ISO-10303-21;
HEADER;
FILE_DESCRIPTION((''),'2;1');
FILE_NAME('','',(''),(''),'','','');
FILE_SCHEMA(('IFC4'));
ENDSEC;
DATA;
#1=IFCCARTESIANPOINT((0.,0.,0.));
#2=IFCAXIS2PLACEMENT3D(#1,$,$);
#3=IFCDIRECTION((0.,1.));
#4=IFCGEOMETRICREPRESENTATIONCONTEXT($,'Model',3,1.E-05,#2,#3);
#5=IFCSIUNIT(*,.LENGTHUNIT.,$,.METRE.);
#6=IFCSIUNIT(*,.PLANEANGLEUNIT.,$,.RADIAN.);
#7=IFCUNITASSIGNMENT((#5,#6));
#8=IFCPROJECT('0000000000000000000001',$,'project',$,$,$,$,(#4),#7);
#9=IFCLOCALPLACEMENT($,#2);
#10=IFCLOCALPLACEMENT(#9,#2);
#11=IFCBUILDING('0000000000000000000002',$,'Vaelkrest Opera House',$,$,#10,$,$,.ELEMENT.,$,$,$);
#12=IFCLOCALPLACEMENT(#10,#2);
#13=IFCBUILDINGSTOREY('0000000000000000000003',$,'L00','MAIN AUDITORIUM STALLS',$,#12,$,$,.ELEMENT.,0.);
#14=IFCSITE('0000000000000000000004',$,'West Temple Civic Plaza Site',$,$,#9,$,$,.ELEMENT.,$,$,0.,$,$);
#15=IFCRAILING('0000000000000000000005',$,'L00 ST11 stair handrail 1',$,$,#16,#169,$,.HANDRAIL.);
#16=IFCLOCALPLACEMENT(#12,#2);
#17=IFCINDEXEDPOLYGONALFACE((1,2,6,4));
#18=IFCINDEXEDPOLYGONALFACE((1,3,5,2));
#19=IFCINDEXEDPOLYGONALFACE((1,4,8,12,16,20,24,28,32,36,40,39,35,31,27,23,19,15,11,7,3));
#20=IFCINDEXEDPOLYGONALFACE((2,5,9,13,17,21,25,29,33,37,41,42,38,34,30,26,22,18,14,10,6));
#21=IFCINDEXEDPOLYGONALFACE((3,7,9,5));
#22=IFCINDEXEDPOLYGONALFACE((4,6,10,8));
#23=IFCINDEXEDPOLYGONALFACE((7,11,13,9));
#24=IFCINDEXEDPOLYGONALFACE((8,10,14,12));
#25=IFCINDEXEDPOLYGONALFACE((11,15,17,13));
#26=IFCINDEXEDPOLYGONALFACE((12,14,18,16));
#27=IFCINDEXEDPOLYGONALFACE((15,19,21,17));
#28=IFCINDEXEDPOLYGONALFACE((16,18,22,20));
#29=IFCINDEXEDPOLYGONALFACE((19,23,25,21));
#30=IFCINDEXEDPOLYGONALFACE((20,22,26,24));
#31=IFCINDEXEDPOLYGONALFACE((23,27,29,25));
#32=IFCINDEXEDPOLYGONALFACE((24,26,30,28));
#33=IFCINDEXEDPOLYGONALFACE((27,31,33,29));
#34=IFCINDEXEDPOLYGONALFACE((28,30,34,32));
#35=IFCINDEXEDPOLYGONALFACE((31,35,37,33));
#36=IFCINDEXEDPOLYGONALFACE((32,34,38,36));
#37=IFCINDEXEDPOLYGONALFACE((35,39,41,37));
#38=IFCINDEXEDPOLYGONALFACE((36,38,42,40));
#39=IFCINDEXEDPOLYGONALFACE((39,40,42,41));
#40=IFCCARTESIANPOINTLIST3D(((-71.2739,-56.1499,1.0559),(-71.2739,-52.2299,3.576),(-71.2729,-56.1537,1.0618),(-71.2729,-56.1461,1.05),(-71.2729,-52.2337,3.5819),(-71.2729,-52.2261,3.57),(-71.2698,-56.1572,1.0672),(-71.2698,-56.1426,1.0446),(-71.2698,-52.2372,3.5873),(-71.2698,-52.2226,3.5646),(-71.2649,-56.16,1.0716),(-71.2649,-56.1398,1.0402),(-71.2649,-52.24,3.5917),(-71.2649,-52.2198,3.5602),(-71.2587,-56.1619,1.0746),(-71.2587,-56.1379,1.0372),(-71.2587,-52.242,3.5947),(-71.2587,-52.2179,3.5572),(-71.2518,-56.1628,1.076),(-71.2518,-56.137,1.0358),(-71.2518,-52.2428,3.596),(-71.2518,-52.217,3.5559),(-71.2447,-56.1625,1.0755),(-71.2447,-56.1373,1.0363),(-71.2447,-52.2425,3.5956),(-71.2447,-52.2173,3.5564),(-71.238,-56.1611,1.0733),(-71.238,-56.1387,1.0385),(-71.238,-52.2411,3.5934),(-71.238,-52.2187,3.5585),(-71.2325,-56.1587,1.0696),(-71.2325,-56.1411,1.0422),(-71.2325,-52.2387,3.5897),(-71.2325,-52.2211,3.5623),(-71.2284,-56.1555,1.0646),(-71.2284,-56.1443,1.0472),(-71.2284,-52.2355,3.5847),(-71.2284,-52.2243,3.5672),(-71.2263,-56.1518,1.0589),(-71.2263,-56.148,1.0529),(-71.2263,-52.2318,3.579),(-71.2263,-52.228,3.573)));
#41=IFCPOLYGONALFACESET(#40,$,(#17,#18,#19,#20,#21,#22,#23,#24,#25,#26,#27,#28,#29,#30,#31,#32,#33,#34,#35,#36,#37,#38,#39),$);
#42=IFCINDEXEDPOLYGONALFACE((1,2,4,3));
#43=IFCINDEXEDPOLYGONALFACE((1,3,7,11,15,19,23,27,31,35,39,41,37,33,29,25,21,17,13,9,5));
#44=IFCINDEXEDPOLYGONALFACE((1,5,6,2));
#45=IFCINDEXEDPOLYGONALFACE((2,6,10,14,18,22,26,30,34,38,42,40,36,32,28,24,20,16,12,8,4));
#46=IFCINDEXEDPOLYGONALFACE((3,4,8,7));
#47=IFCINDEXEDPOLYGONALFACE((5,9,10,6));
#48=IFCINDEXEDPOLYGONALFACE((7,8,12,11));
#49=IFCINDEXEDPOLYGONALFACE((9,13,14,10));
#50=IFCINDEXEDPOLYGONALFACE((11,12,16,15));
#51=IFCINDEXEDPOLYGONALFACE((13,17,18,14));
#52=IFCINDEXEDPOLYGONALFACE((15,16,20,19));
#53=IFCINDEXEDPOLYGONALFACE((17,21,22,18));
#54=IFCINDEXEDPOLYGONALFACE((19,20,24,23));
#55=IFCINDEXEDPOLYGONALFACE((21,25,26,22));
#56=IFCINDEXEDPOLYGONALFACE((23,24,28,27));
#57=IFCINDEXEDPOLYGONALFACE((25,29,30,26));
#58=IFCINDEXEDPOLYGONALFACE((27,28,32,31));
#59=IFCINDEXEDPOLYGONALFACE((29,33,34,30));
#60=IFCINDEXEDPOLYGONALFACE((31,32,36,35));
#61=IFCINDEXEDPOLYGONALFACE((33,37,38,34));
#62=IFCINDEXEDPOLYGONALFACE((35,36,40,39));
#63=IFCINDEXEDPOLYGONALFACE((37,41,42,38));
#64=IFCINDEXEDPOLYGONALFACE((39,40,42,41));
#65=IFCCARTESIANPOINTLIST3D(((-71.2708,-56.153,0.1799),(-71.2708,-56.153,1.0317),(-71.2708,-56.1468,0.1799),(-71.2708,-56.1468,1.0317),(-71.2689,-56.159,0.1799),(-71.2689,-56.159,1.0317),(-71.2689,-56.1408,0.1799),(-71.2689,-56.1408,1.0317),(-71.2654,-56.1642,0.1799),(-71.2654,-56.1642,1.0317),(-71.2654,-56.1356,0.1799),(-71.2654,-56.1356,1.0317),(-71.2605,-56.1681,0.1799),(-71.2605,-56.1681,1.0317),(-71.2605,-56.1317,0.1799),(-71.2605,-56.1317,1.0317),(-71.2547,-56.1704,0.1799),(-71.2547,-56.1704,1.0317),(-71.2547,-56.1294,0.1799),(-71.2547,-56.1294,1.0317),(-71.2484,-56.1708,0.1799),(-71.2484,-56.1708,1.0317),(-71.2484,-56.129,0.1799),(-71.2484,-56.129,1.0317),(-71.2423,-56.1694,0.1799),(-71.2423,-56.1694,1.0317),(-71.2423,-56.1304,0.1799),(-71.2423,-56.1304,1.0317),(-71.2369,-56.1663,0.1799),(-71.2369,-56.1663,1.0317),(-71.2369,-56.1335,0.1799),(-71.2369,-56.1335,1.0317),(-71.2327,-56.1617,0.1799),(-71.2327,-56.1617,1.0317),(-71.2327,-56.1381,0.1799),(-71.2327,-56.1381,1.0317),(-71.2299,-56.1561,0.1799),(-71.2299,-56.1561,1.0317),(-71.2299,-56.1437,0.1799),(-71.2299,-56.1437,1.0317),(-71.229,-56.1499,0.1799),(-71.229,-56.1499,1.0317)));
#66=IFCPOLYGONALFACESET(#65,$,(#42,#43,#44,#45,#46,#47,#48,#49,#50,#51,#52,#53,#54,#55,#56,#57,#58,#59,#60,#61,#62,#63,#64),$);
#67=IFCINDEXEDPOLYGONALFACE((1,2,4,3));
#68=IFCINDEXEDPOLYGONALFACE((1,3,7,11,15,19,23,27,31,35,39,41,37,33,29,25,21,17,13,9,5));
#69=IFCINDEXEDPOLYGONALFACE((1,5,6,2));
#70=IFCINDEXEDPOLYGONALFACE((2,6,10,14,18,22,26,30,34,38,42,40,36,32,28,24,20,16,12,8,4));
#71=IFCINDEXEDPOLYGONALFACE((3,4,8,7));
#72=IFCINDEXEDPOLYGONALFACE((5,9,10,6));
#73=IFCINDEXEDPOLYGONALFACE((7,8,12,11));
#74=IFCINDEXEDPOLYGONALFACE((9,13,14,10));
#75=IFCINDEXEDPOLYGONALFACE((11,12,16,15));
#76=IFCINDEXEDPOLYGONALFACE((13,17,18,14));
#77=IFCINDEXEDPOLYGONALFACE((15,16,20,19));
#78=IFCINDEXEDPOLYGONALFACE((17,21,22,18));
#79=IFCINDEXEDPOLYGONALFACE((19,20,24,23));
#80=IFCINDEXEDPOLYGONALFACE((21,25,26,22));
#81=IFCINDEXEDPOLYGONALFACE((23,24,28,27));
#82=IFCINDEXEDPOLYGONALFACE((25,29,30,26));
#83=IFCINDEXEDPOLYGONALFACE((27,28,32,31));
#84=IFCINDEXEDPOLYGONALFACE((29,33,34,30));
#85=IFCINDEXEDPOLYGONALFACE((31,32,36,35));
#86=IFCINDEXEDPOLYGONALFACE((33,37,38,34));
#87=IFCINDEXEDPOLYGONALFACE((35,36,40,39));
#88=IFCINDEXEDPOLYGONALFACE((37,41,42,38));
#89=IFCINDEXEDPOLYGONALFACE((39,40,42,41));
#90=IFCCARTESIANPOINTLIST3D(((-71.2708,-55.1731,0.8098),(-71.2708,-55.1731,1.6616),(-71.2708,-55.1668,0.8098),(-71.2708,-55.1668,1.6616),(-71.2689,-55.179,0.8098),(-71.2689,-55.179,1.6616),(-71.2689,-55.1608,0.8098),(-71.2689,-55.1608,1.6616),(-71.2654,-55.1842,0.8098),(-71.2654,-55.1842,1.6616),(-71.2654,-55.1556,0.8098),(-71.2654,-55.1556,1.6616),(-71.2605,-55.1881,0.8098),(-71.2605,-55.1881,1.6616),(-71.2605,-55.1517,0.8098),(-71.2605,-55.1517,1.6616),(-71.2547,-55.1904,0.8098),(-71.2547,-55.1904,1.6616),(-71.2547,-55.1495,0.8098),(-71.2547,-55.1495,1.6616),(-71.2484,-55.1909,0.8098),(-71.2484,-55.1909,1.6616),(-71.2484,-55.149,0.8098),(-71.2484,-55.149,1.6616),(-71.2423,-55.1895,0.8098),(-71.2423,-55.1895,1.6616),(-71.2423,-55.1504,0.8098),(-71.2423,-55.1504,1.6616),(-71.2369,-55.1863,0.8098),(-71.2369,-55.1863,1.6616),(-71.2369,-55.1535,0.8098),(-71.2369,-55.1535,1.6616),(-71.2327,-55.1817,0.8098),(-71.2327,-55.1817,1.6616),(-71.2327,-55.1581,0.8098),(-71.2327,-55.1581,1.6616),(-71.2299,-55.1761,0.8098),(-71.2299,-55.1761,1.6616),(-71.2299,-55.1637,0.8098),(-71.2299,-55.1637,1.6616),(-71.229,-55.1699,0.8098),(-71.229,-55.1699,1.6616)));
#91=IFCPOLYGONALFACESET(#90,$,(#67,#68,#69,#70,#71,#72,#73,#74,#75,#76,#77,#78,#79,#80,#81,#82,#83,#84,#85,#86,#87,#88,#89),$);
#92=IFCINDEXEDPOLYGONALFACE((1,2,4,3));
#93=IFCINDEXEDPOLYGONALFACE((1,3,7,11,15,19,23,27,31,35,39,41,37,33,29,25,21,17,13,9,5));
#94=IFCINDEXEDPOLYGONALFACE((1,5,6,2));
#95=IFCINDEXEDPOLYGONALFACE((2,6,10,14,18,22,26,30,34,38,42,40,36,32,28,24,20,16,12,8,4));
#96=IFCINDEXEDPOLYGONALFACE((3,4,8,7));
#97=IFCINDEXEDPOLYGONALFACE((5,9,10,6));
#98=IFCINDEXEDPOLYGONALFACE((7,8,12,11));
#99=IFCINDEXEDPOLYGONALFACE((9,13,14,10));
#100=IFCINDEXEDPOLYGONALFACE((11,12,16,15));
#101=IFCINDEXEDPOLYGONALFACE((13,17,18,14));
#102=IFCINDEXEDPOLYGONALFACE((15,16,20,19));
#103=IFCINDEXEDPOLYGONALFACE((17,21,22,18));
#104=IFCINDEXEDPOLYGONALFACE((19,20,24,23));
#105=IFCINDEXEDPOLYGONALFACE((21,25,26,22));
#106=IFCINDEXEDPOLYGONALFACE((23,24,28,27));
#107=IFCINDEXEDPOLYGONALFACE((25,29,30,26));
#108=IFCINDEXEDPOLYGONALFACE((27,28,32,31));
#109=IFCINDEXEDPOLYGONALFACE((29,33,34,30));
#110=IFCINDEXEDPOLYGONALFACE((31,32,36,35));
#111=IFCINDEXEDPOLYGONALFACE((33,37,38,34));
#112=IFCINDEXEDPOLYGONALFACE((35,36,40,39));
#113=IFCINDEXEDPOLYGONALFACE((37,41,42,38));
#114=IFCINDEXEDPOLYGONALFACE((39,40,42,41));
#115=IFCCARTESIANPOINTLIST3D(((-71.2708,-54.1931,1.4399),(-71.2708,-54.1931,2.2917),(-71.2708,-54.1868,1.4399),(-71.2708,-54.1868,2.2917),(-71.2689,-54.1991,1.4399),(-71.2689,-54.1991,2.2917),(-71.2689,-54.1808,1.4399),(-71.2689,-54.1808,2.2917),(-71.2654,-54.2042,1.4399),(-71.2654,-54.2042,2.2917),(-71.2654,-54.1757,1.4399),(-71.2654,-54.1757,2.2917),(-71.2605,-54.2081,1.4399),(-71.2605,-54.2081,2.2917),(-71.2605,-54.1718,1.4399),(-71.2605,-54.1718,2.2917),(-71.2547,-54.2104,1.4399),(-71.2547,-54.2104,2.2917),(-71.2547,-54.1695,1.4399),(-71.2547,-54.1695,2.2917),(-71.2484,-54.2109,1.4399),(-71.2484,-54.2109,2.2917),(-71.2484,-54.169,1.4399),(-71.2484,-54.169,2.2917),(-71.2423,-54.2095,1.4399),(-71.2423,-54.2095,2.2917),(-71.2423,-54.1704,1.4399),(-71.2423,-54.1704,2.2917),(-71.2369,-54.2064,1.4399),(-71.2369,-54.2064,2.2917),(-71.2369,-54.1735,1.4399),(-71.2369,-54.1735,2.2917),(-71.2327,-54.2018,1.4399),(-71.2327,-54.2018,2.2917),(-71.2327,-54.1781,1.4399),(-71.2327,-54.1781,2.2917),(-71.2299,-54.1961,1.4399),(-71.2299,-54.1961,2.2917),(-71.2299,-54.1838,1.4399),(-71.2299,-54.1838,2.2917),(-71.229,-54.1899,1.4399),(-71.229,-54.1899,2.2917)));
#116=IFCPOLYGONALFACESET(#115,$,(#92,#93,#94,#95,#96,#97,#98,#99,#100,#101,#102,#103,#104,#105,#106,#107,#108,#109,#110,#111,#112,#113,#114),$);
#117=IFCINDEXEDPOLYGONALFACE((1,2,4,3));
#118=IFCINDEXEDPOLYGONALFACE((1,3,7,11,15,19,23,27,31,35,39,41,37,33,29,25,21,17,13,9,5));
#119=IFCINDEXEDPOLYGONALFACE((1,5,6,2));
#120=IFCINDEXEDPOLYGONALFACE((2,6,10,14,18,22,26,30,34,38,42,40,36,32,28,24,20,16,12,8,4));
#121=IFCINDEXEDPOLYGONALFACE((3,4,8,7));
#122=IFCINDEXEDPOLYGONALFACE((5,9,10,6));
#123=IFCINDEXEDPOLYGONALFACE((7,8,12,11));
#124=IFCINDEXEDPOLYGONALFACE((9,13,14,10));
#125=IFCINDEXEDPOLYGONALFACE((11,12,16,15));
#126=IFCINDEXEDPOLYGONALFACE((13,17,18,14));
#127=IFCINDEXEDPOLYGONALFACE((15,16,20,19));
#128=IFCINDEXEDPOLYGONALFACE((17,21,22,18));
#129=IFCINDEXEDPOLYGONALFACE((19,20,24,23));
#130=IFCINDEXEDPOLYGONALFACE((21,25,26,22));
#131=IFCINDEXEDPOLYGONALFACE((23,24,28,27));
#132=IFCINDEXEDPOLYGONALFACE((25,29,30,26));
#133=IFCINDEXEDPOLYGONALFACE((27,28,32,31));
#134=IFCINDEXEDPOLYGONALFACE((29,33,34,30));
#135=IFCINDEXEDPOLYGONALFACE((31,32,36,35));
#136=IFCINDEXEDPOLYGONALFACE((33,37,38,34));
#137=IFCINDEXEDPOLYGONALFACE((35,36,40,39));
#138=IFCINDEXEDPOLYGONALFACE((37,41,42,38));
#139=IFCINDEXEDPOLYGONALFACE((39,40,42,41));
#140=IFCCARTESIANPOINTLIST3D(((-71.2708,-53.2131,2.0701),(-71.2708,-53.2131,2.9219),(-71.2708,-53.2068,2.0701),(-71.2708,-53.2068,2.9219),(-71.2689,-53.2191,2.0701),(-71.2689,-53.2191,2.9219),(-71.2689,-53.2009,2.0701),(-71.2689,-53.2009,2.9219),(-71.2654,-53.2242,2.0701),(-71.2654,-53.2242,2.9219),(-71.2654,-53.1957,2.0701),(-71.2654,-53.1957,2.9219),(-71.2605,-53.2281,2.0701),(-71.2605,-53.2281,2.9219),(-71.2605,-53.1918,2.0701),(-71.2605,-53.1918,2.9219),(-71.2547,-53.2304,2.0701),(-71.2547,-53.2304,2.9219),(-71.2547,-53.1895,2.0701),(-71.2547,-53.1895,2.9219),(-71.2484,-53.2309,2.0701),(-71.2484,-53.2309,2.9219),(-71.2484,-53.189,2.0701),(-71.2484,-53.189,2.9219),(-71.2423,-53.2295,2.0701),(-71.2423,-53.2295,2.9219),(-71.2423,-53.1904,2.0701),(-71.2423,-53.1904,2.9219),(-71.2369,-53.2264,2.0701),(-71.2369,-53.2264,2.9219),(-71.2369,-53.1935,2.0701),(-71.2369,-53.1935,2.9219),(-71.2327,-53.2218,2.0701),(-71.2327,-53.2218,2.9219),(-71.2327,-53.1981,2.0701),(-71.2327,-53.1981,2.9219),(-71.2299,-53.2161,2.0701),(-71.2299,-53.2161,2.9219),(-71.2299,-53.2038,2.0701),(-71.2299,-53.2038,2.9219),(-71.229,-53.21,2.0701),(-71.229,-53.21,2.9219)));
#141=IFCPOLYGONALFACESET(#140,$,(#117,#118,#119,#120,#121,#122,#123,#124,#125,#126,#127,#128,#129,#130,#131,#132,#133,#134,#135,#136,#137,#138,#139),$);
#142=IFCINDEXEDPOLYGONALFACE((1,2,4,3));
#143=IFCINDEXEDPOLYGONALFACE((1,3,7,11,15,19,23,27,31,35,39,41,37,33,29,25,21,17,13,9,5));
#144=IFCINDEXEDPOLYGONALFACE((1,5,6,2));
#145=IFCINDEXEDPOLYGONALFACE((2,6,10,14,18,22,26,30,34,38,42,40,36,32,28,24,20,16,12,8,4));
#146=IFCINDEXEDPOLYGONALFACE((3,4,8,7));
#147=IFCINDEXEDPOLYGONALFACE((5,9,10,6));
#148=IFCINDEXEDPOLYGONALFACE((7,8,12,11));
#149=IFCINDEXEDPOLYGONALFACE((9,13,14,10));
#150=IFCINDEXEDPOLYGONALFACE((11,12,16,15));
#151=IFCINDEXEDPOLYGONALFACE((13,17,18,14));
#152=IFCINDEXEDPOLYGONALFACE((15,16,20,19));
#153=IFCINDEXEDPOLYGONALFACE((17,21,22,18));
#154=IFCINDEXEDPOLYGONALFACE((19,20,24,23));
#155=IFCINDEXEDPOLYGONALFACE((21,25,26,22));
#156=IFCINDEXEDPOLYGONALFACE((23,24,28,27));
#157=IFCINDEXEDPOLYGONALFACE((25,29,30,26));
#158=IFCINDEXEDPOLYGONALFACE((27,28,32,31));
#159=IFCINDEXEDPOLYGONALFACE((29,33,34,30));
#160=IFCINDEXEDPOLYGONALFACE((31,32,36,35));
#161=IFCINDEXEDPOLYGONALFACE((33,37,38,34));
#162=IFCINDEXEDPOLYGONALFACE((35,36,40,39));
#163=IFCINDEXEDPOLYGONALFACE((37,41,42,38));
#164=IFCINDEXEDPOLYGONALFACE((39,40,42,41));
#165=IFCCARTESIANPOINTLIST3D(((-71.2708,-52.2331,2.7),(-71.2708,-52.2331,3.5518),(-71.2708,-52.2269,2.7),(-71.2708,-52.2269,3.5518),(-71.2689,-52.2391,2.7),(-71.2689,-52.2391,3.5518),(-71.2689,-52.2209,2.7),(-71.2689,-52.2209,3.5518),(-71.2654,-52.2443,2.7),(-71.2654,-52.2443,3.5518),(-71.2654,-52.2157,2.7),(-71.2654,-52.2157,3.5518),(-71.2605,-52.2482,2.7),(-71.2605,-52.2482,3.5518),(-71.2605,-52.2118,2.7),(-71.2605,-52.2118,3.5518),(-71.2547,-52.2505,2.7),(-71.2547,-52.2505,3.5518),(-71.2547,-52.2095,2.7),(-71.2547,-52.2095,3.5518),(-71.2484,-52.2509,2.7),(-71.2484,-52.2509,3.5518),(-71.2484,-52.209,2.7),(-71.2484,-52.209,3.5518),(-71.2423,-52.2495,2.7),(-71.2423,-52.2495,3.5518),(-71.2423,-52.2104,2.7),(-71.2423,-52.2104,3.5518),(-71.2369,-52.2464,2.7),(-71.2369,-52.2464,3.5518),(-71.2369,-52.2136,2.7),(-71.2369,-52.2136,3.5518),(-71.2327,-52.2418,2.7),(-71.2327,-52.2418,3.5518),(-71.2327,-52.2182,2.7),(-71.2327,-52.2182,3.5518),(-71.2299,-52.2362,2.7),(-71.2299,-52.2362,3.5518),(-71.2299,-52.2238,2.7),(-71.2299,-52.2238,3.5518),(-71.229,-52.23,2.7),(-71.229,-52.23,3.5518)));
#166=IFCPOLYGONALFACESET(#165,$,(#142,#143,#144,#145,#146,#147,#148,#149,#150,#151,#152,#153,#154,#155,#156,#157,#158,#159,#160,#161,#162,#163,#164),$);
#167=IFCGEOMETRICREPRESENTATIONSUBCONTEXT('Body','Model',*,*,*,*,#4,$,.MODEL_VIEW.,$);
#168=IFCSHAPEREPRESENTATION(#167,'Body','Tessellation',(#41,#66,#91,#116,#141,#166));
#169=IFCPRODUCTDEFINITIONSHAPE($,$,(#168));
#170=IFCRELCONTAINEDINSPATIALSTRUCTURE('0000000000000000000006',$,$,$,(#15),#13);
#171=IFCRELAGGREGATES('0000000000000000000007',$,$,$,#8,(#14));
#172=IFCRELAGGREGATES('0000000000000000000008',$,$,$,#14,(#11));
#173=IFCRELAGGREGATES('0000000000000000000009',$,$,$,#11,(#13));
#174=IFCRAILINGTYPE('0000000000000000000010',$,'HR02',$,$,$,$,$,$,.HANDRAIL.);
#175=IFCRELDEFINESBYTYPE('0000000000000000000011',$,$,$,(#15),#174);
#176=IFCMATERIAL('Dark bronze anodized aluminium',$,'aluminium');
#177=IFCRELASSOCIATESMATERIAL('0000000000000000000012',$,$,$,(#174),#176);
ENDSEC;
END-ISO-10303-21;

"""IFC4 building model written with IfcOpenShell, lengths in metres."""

from ifc_helpers import new_model, si_unit, direction, frame, origin, origin_2d, place, context, subcontext, project, spatial, circle, extrude, material, type_object, element, save


model = new_model("IFC4")

# Units and contexts
model_context = context("Model", 3, precision=1e-05, world=origin(), true_north=direction((0.0, 1.0)))
body_context = subcontext(model_context, "Body", "Model", "MODEL_VIEW")
ifc_project = project(units=[si_unit("LENGTHUNIT", "METRE"), si_unit("PLANEANGLEUNIT", "RADIAN")], contexts=[model_context])

# Site, building, storey
site_placement = place(None, origin())
site = spatial("IfcSite", under=ifc_project, at=site_placement, Name="West Temple Civic Plaza Site", CompositionType="ELEMENT", RefElevation=0.0)
building_placement = place(site_placement, origin())
building = spatial("IfcBuilding", under=site, at=building_placement, Name="Vaelkrest Opera House", CompositionType="ELEMENT")
storey_placement = place(building_placement, origin())
storey = spatial("IfcBuildingStorey", under=building, at=storey_placement, Name="L00", Description="MAIN AUDITORIUM STALLS", CompositionType="ELEMENT", Elevation=0.0)

# Shared definitions
ifc_material_1 = material(Name="Dark bronze anodized aluminium", Category="aluminium")

# Railing
railing_type_1 = type_object("IfcRailingType", Name="HR02", PredefinedType="HANDRAIL", material=ifc_material_1)
railing_1_placement = place(storey_placement, frame((-71.25, -56.1499, 0.1799)))
element("IfcRailing", 1, at=railing_1_placement, inside=storey, type_object=railing_type_1, Name="L00 ST11 stair handrail 1", PredefinedType="HANDRAIL", context=body_context, shape_type="SweptSolid", body=[
    extrude(circle(Radius=0.0239, at=origin_2d()), frame((0.0, 0.0, 0.876), z_axis=(0.0, 0.841172, 0.540768), x_axis=(-1.0, 0.0, 0.0)), (0.0, 0.0, 1.0), 4.6602),
    extrude(circle(Radius=0.021, at=origin_2d()), origin(), (0.0, 0.0, 1.0), 0.8518),
    extrude(circle(Radius=0.021, at=origin_2d()), frame((0.0, 0.98, 0.6299)), (0.0, 0.0, 1.0), 0.8518),
    extrude(circle(Radius=0.021, at=origin_2d()), frame((0.0, 1.96, 1.26)), (0.0, 0.0, 1.0), 0.8518),
    extrude(circle(Radius=0.021, at=origin_2d()), frame((0.0, 2.9399, 1.8901)), (0.0, 0.0, 1.0), 0.8518),
    extrude(circle(Radius=0.021, at=origin_2d()), frame((0.0, 3.9199, 2.52)), (0.0, 0.0, 1.0), 0.8518),
])

save(model, "model.ifc")
